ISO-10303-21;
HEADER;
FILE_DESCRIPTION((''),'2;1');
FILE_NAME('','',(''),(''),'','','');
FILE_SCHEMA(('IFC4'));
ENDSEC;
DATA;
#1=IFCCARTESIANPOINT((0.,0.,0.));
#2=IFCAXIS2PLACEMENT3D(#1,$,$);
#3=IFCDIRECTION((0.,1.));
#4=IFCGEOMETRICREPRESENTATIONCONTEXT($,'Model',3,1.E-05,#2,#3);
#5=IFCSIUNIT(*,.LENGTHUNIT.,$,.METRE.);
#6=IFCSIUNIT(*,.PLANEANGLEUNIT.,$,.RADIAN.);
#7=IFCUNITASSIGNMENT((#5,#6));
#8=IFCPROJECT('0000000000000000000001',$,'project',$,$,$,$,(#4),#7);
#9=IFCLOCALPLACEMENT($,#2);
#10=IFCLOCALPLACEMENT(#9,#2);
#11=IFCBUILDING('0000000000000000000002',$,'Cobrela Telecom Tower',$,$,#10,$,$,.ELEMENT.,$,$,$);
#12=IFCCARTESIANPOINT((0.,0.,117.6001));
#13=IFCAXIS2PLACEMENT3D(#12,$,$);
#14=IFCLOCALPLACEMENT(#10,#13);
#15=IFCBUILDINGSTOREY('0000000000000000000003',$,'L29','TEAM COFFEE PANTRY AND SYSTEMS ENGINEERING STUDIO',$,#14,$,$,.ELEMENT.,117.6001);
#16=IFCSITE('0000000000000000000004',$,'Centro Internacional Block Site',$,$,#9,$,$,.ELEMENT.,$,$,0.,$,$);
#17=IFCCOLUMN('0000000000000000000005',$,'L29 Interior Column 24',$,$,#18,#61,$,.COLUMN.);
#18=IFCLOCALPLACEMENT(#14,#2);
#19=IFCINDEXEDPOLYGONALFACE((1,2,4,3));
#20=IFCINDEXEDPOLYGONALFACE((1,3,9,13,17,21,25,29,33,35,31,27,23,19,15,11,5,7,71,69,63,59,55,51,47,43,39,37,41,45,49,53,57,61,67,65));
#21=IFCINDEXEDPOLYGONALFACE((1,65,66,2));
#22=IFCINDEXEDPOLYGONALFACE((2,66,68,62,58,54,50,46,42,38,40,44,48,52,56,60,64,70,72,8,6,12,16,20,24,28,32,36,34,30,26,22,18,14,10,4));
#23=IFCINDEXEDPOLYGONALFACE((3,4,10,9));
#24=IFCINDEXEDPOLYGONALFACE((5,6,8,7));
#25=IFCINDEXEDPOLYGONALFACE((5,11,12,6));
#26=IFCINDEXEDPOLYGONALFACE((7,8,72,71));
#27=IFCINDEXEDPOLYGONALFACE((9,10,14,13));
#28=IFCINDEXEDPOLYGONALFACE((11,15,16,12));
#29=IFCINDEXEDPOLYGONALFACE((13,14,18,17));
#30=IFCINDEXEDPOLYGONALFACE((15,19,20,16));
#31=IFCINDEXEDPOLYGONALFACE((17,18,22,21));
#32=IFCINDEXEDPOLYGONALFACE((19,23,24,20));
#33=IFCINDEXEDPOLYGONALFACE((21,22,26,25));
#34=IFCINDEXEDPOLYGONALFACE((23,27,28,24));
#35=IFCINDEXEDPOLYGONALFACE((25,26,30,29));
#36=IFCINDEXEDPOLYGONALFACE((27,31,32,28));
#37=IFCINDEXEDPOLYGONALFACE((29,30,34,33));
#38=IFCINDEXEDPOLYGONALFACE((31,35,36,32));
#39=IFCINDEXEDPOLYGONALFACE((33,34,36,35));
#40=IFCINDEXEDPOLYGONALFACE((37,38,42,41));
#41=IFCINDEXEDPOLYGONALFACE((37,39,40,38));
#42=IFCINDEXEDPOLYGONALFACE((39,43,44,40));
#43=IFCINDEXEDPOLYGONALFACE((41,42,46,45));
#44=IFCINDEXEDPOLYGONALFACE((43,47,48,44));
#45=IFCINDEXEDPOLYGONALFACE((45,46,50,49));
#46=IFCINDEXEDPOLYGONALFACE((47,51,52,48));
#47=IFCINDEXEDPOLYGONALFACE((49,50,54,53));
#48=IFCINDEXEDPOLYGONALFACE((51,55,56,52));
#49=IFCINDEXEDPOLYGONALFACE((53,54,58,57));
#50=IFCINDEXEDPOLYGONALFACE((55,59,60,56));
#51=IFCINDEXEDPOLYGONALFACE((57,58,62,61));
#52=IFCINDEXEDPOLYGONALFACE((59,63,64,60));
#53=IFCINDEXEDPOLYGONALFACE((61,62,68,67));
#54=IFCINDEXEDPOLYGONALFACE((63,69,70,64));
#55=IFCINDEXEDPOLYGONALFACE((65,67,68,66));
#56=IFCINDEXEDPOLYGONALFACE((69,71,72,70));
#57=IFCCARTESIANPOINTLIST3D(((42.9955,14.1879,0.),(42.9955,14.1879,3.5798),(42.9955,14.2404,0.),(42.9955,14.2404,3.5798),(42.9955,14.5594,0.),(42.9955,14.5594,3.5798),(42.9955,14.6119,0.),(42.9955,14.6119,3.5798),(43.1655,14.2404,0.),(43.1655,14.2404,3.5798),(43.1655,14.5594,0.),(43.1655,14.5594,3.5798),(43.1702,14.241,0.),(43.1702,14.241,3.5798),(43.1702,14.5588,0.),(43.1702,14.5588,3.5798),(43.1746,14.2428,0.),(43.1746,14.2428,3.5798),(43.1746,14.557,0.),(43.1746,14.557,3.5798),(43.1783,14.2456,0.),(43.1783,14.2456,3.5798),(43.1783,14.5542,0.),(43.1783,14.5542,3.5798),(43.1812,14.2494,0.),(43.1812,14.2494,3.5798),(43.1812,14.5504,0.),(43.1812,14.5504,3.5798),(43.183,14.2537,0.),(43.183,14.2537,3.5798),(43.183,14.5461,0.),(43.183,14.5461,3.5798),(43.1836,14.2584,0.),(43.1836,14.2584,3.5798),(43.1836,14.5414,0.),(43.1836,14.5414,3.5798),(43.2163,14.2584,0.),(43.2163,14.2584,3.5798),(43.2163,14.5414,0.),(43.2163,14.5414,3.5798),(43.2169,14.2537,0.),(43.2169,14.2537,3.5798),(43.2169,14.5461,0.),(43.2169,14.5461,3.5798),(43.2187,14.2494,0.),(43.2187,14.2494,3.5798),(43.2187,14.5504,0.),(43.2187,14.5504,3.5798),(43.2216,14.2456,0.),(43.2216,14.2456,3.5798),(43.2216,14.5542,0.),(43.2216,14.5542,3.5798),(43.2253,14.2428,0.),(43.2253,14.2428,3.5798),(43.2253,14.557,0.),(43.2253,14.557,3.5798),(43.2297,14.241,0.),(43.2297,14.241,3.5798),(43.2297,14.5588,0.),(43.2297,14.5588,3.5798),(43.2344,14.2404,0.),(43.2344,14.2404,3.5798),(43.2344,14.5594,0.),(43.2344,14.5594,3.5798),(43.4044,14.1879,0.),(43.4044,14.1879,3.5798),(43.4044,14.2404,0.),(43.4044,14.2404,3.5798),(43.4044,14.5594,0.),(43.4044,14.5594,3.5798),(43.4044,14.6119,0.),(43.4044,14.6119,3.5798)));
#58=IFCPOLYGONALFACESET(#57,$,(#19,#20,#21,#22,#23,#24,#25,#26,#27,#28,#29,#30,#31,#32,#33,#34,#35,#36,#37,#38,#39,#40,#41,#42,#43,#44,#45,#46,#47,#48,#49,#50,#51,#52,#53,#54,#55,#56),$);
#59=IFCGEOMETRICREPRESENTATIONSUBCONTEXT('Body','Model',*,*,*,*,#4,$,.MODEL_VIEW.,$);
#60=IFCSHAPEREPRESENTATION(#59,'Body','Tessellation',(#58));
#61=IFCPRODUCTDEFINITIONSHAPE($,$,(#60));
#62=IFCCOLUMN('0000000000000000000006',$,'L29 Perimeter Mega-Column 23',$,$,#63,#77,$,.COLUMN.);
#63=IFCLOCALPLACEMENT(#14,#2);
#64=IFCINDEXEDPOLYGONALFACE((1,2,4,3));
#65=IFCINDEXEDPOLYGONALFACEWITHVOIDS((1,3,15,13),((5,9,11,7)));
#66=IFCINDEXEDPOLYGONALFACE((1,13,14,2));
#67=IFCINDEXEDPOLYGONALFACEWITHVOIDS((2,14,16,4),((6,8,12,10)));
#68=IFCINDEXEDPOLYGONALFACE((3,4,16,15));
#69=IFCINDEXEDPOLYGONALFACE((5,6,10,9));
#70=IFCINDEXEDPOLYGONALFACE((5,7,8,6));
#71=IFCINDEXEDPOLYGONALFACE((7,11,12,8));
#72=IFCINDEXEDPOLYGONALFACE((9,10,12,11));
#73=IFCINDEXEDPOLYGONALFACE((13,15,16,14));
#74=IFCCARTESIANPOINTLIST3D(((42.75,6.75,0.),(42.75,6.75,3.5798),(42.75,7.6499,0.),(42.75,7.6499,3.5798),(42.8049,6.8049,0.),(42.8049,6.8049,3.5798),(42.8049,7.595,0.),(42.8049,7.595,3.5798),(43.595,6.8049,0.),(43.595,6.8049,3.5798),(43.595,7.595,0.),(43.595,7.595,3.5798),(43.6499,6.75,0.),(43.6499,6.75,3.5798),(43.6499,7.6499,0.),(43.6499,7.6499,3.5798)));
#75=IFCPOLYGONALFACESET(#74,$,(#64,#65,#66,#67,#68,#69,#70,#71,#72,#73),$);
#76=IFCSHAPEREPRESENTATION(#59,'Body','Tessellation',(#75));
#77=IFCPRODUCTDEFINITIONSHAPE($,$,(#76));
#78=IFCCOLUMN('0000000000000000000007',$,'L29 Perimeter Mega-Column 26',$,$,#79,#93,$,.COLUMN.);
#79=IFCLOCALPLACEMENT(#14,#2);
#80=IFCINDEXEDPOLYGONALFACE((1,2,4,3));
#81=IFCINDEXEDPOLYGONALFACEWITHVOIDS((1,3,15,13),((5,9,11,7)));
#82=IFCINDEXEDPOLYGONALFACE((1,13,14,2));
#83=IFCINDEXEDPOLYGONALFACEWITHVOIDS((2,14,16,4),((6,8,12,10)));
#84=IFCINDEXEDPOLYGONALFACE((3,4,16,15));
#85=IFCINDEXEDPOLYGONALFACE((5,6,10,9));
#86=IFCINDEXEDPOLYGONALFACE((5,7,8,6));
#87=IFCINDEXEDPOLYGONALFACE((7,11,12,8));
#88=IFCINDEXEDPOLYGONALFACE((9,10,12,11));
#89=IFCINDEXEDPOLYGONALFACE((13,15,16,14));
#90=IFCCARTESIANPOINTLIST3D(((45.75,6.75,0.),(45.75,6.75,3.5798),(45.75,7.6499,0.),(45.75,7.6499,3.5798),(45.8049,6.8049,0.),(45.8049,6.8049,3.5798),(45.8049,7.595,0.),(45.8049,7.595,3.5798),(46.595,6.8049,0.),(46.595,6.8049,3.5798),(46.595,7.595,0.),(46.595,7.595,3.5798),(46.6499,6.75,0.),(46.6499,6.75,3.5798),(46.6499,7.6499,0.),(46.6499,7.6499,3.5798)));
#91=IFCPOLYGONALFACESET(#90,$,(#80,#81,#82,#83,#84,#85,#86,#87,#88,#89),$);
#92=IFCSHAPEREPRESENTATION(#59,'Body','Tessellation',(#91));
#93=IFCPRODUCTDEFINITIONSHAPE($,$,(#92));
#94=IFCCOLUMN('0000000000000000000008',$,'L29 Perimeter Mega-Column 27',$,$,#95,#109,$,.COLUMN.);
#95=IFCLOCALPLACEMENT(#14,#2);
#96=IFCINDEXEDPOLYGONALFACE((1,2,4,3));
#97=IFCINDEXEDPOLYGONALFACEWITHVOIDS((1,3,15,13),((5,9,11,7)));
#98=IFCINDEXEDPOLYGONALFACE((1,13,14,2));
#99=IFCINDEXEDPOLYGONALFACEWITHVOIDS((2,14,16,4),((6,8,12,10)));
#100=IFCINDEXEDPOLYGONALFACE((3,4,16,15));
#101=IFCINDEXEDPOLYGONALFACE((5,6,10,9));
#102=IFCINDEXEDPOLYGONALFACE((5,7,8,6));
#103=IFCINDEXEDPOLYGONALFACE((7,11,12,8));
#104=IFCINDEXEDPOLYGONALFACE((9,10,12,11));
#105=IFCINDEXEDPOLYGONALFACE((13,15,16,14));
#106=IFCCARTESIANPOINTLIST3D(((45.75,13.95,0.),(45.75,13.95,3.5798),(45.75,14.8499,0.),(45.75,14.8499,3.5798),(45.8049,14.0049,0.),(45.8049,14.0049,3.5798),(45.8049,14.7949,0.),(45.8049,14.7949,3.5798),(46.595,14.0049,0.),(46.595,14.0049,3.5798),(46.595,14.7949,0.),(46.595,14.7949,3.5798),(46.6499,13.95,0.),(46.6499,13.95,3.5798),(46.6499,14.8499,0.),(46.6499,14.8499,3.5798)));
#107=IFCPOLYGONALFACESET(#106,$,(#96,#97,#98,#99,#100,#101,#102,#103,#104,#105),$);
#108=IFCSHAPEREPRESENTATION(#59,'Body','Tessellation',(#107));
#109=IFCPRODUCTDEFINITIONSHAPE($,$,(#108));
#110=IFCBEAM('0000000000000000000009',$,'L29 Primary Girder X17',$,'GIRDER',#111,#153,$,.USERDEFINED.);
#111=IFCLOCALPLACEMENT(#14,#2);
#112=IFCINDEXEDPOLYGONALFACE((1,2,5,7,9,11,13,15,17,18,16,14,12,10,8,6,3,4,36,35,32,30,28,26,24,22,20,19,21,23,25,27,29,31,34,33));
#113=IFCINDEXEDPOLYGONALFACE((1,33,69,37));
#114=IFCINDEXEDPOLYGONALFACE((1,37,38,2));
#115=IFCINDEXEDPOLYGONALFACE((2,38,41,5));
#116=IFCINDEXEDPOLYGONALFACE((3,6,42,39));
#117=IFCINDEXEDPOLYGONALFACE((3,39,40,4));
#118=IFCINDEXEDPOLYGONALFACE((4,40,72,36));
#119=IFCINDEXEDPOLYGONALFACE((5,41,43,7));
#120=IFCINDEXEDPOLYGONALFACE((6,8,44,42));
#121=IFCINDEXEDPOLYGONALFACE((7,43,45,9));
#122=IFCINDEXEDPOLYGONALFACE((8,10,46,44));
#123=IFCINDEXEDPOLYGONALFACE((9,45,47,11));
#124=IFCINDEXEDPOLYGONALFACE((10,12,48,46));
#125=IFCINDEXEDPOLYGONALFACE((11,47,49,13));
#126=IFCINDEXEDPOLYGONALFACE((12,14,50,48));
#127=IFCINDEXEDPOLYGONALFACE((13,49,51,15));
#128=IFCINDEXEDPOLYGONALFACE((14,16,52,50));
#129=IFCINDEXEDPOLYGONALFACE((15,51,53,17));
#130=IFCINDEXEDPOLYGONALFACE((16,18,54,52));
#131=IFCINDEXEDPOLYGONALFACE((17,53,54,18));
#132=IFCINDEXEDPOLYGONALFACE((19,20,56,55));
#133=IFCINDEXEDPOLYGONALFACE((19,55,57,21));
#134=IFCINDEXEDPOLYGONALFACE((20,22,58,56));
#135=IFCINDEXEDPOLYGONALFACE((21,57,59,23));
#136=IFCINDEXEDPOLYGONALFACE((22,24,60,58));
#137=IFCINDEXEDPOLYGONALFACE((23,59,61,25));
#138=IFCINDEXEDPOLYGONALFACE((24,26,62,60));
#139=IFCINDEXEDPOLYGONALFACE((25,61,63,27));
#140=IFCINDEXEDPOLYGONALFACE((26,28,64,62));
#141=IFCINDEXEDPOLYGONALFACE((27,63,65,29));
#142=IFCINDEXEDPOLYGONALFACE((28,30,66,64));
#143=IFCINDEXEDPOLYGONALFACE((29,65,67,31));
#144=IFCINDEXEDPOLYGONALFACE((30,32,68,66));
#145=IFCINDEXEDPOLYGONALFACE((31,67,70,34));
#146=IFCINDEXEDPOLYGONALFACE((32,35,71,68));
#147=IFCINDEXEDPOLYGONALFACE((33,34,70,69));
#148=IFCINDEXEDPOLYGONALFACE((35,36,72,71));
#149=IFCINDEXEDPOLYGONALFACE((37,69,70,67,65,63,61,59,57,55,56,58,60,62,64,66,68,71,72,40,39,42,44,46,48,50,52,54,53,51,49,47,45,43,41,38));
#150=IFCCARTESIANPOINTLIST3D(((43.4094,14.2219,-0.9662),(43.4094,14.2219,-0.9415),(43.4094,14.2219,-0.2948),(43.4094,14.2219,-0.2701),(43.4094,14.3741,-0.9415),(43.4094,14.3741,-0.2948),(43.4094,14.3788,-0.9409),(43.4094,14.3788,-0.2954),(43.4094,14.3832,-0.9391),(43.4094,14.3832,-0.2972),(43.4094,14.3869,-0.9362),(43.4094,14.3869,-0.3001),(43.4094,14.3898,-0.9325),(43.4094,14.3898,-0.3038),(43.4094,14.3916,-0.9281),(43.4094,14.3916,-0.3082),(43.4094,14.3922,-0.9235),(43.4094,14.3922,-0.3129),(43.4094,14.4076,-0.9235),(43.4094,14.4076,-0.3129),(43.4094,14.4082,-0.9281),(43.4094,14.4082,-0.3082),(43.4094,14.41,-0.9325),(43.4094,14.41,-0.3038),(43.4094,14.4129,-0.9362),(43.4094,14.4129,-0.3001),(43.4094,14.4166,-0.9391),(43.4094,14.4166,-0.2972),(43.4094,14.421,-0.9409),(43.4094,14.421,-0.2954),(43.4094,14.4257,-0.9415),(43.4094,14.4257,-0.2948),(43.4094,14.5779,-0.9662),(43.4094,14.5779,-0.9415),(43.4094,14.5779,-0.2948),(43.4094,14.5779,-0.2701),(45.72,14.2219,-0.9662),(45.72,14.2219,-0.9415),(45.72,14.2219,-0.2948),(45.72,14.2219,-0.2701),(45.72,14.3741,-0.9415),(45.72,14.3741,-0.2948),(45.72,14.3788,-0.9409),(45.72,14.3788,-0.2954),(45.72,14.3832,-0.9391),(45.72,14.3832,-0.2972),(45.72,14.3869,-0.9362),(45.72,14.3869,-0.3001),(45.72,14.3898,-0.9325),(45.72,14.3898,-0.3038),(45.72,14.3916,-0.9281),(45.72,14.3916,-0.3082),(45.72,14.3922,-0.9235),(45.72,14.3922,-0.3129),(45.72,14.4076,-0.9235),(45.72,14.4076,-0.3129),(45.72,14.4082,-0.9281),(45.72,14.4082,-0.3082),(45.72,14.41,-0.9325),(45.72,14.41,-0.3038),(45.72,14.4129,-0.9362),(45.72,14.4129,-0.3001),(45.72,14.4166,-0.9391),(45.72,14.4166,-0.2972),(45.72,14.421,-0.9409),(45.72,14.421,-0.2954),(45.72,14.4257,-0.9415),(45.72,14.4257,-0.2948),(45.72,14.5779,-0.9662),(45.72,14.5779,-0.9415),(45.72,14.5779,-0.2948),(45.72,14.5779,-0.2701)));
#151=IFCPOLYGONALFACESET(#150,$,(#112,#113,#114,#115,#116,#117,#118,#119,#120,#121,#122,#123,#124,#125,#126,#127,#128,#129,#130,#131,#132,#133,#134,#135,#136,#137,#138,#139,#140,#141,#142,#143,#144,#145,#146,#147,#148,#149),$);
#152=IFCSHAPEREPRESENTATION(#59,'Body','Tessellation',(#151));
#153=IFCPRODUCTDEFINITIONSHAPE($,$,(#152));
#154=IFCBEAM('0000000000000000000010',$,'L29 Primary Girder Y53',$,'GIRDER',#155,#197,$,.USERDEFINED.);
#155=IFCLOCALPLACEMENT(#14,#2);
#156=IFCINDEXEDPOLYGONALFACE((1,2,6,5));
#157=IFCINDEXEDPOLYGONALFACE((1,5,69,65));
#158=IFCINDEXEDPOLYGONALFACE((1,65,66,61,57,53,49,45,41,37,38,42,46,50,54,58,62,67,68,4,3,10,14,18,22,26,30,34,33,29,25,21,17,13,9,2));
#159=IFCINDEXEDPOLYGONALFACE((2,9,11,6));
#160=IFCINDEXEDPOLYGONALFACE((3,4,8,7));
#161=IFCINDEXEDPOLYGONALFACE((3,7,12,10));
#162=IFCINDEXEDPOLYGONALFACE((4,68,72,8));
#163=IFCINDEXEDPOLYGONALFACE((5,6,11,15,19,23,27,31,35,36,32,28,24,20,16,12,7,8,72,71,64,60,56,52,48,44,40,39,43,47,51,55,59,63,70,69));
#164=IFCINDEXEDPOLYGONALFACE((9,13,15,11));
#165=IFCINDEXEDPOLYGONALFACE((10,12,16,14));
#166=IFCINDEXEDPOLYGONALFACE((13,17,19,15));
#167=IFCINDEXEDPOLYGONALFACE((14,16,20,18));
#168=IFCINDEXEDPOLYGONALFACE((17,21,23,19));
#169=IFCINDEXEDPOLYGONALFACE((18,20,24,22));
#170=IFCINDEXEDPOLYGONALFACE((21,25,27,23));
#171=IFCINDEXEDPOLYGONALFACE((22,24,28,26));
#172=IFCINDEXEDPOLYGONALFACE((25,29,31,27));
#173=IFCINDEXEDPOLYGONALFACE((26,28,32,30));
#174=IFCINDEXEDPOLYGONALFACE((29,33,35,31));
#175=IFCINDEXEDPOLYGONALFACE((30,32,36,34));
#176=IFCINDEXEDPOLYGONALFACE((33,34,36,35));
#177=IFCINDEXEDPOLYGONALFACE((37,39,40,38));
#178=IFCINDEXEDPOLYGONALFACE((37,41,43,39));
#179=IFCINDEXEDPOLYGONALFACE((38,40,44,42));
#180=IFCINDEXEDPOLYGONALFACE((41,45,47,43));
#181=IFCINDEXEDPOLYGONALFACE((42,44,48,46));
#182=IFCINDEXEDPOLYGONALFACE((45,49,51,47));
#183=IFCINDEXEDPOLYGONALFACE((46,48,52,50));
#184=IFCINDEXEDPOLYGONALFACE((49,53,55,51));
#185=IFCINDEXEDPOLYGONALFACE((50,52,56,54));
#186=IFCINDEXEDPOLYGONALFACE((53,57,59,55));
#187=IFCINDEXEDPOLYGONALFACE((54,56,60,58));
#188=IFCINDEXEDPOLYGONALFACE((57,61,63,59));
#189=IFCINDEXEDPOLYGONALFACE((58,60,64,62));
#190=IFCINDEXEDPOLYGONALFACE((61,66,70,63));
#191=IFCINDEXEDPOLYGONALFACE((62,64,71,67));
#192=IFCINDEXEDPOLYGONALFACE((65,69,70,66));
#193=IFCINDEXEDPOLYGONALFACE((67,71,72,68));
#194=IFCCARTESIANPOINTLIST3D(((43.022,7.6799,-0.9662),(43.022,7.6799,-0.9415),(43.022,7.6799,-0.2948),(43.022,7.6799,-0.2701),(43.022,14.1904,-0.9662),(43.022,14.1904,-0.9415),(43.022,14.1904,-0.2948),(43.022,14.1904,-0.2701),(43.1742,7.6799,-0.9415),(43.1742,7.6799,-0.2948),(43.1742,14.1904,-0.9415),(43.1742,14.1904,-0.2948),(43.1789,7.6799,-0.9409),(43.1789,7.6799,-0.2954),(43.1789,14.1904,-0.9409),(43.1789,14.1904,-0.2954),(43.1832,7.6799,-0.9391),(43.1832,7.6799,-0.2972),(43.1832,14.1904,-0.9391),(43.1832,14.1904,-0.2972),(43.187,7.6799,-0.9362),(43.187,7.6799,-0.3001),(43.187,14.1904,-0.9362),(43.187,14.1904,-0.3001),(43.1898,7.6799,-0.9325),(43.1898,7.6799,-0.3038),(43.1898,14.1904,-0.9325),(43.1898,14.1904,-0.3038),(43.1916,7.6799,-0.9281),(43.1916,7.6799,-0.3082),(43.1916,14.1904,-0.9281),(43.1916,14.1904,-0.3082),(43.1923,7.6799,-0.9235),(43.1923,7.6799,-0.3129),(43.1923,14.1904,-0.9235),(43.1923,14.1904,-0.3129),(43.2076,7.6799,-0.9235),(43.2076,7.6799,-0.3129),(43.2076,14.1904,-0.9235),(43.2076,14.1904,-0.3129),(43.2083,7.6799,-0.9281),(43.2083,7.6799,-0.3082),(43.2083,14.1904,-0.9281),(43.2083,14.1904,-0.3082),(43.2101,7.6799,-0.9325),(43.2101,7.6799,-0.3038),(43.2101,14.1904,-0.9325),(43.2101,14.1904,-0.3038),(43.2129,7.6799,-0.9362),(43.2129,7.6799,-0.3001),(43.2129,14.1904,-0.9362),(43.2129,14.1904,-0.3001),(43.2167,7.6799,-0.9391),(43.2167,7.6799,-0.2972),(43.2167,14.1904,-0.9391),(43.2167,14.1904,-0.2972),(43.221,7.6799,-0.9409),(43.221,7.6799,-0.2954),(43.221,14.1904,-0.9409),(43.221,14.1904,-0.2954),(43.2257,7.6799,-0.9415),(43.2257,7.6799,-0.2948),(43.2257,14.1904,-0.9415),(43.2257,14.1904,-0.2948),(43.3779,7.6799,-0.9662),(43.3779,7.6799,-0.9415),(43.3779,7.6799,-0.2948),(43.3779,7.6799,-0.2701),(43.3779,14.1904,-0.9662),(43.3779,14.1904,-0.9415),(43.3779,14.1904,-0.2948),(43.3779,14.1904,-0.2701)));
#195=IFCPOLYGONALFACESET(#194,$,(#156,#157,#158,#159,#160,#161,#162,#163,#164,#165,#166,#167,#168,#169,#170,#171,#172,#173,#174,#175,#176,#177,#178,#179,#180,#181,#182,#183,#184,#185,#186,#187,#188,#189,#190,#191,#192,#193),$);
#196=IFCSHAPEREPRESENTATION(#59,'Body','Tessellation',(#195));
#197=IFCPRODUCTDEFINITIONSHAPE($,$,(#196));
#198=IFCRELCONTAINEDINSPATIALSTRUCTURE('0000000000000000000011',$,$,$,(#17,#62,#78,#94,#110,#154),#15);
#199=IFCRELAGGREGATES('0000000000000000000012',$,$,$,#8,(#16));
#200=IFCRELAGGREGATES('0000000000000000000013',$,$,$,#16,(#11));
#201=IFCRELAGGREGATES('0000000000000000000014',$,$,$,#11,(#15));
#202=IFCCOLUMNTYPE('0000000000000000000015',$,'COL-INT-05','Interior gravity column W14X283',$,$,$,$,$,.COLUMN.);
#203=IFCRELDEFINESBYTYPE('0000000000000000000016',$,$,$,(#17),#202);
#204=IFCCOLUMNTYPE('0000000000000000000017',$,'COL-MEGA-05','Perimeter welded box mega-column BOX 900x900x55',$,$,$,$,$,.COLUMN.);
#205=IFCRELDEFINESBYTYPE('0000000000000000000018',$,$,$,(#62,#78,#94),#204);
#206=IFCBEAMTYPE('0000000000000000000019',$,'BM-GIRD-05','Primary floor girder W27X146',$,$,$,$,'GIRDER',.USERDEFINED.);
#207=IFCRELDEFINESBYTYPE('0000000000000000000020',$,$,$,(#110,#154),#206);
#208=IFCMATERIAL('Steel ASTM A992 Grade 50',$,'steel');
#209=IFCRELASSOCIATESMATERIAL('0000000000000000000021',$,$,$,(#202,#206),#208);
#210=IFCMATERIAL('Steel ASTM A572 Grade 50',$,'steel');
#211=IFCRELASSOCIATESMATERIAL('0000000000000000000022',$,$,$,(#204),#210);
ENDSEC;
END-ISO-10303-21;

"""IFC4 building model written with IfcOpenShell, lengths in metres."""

from ifc_helpers import new_model, si_unit, direction, frame, origin, origin_2d, place, context, subcontext, project, spatial, hollow_rectangle, i_section, extrude, material, material_profile, profile_set, type_object, element, save


model = new_model("IFC4")

# Units and contexts
model_context = context("Model", 3, precision=1e-05, world=origin(), true_north=direction((0.0, 1.0)))
body_context = subcontext(model_context, "Body", "Model", "MODEL_VIEW")
ifc_project = project(units=[si_unit("LENGTHUNIT", "METRE"), si_unit("PLANEANGLEUNIT", "RADIAN")], contexts=[model_context])

# Site, building, storey
site_placement = place(None, origin())
site = spatial("IfcSite", under=ifc_project, at=site_placement, Name="Centro Internacional Block Site", CompositionType="ELEMENT", RefElevation=0.0)
building_placement = place(site_placement, origin())
building = spatial("IfcBuilding", under=site, at=building_placement, Name="Cobrela Telecom Tower", CompositionType="ELEMENT")
storey_placement = place(building_placement, frame((0.0, 0.0, 117.6001)))
storey = spatial("IfcBuildingStorey", under=building, at=storey_placement, Name="L29", Description="TEAM COFFEE PANTRY AND SYSTEMS ENGINEERING STUDIO", CompositionType="ELEMENT", Elevation=117.6001)

# Columns
ifc_material_1 = material(Name="Steel ASTM A992 Grade 50", Category="steel")
ifc_material_profile_1 = material_profile(ifc_material_1, i_section(OverallWidth=0.4089, OverallDepth=0.4241, WebThickness=0.0327, FlangeThickness=0.0525, FilletRadius=0.0181, at=origin_2d()), Name="W14X283")
ifc_profile_set_1 = profile_set([ifc_material_profile_1], Name="Steel ASTM A992 Grade 50")
column_type_1 = type_object("IfcColumnType", Name="COL-INT-05", Description="Interior gravity column W14X283", PredefinedType="COLUMN", material=ifc_profile_set_1)
column_placement = place(storey_placement, frame((43.2, 14.3999, 0.0), z_axis=(0.0, 0.0, 1.0), x_axis=(1.0, 0.0, 0.0)))
element("IfcColumn", 1, at=column_placement, inside=storey, type_object=column_type_1, Name="L29 Interior Column 24", PredefinedType="COLUMN", context=body_context, shape_type="SweptSolid", body=[
    extrude(i_section(OverallWidth=0.4089, OverallDepth=0.4241, WebThickness=0.0327, FlangeThickness=0.0525, FilletRadius=0.0181, at=origin_2d()), origin(), (0.0, 0.0, 1.0), 3.5798),
])
ifc_material_2 = material(Name="Steel ASTM A572 Grade 50", Category="steel")
ifc_material_profile_2 = material_profile(ifc_material_2, hollow_rectangle(XDim=0.8999, YDim=0.8999, WallThickness=0.0549, at=origin_2d()), Name="BOX 900x900x55")
ifc_profile_set_2 = profile_set([ifc_material_profile_2], Name="Steel ASTM A572 Grade 50")
column_type_2 = type_object("IfcColumnType", Name="COL-MEGA-05", Description="Perimeter welded box mega-column BOX 900x900x55", PredefinedType="COLUMN", material=ifc_profile_set_2)
for number, where, z_axis, x_axis, name in (
    (2, (43.2, 7.2, 0.0), (0.0, 0.0, 1.0), (1.0, 0.0, 0.0), "L29 Perimeter Mega-Column 23"),
    (3, (46.2, 7.2, 0.0), (0.0, 0.0, 1.0), (1.0, 0.0, 0.0), "L29 Perimeter Mega-Column 26"),
    (4, (46.2, 14.3999, 0.0), (0.0, 0.0, 1.0), (1.0, 0.0, 0.0), "L29 Perimeter Mega-Column 27"),
):
    element("IfcColumn", number, at=place(storey_placement, frame(where, z_axis=z_axis, x_axis=x_axis)), inside=storey, type_object=column_type_2, Name=name, PredefinedType="COLUMN", context=body_context, shape_type="SweptSolid", body=[
        extrude(hollow_rectangle(XDim=0.8999, YDim=0.8999, WallThickness=0.0549, at=origin_2d()), origin(), (0.0, 0.0, 1.0), 3.5798),
    ])

# Beams
ifc_material_profile_3 = material_profile(ifc_material_1, i_section(OverallWidth=0.356, OverallDepth=0.696, WebThickness=0.0154, FlangeThickness=0.0247, FilletRadius=0.0181, at=origin_2d()), Name="W27X146")
ifc_profile_set_3 = profile_set([ifc_material_profile_3], Name="Steel ASTM A992 Grade 50")
beam_type_1 = type_object("IfcBeamType", Name="BM-GIRD-05", Description="Primary floor girder W27X146", ElementType="GIRDER", PredefinedType="USERDEFINED", material=ifc_profile_set_3)
beam_1_placement = place(storey_placement, frame((43.4094, 14.3999, -0.6182), z_axis=(1.0, 0.0, 0.0), x_axis=(0.0, 1.0, 0.0)))
element("IfcBeam", 5, at=beam_1_placement, inside=storey, type_object=beam_type_1, Name="L29 Primary Girder X17", ObjectType="GIRDER", PredefinedType="USERDEFINED", context=body_context, shape_type="SweptSolid", body=[
    extrude(i_section(OverallWidth=0.356, OverallDepth=0.696, WebThickness=0.0154, FlangeThickness=0.0247, FilletRadius=0.0181, at=origin_2d()), origin(), (0.0, 0.0, 1.0), 2.3105),
])
beam_2_placement = place(storey_placement, frame((43.2, 7.6799, -0.6182), z_axis=(0.0, 1.0, 0.0), x_axis=(-1.0, 0.0, 0.0)))
element("IfcBeam", 6, at=beam_2_placement, inside=storey, type_object=beam_type_1, Name="L29 Primary Girder Y53", ObjectType="GIRDER", PredefinedType="USERDEFINED", context=body_context, shape_type="SweptSolid", body=[
    extrude(i_section(OverallWidth=0.356, OverallDepth=0.696, WebThickness=0.0154, FlangeThickness=0.0247, FilletRadius=0.0181, at=origin_2d()), origin(), (0.0, 0.0, 1.0), 6.5105),
])

save(model, "model.ifc")
